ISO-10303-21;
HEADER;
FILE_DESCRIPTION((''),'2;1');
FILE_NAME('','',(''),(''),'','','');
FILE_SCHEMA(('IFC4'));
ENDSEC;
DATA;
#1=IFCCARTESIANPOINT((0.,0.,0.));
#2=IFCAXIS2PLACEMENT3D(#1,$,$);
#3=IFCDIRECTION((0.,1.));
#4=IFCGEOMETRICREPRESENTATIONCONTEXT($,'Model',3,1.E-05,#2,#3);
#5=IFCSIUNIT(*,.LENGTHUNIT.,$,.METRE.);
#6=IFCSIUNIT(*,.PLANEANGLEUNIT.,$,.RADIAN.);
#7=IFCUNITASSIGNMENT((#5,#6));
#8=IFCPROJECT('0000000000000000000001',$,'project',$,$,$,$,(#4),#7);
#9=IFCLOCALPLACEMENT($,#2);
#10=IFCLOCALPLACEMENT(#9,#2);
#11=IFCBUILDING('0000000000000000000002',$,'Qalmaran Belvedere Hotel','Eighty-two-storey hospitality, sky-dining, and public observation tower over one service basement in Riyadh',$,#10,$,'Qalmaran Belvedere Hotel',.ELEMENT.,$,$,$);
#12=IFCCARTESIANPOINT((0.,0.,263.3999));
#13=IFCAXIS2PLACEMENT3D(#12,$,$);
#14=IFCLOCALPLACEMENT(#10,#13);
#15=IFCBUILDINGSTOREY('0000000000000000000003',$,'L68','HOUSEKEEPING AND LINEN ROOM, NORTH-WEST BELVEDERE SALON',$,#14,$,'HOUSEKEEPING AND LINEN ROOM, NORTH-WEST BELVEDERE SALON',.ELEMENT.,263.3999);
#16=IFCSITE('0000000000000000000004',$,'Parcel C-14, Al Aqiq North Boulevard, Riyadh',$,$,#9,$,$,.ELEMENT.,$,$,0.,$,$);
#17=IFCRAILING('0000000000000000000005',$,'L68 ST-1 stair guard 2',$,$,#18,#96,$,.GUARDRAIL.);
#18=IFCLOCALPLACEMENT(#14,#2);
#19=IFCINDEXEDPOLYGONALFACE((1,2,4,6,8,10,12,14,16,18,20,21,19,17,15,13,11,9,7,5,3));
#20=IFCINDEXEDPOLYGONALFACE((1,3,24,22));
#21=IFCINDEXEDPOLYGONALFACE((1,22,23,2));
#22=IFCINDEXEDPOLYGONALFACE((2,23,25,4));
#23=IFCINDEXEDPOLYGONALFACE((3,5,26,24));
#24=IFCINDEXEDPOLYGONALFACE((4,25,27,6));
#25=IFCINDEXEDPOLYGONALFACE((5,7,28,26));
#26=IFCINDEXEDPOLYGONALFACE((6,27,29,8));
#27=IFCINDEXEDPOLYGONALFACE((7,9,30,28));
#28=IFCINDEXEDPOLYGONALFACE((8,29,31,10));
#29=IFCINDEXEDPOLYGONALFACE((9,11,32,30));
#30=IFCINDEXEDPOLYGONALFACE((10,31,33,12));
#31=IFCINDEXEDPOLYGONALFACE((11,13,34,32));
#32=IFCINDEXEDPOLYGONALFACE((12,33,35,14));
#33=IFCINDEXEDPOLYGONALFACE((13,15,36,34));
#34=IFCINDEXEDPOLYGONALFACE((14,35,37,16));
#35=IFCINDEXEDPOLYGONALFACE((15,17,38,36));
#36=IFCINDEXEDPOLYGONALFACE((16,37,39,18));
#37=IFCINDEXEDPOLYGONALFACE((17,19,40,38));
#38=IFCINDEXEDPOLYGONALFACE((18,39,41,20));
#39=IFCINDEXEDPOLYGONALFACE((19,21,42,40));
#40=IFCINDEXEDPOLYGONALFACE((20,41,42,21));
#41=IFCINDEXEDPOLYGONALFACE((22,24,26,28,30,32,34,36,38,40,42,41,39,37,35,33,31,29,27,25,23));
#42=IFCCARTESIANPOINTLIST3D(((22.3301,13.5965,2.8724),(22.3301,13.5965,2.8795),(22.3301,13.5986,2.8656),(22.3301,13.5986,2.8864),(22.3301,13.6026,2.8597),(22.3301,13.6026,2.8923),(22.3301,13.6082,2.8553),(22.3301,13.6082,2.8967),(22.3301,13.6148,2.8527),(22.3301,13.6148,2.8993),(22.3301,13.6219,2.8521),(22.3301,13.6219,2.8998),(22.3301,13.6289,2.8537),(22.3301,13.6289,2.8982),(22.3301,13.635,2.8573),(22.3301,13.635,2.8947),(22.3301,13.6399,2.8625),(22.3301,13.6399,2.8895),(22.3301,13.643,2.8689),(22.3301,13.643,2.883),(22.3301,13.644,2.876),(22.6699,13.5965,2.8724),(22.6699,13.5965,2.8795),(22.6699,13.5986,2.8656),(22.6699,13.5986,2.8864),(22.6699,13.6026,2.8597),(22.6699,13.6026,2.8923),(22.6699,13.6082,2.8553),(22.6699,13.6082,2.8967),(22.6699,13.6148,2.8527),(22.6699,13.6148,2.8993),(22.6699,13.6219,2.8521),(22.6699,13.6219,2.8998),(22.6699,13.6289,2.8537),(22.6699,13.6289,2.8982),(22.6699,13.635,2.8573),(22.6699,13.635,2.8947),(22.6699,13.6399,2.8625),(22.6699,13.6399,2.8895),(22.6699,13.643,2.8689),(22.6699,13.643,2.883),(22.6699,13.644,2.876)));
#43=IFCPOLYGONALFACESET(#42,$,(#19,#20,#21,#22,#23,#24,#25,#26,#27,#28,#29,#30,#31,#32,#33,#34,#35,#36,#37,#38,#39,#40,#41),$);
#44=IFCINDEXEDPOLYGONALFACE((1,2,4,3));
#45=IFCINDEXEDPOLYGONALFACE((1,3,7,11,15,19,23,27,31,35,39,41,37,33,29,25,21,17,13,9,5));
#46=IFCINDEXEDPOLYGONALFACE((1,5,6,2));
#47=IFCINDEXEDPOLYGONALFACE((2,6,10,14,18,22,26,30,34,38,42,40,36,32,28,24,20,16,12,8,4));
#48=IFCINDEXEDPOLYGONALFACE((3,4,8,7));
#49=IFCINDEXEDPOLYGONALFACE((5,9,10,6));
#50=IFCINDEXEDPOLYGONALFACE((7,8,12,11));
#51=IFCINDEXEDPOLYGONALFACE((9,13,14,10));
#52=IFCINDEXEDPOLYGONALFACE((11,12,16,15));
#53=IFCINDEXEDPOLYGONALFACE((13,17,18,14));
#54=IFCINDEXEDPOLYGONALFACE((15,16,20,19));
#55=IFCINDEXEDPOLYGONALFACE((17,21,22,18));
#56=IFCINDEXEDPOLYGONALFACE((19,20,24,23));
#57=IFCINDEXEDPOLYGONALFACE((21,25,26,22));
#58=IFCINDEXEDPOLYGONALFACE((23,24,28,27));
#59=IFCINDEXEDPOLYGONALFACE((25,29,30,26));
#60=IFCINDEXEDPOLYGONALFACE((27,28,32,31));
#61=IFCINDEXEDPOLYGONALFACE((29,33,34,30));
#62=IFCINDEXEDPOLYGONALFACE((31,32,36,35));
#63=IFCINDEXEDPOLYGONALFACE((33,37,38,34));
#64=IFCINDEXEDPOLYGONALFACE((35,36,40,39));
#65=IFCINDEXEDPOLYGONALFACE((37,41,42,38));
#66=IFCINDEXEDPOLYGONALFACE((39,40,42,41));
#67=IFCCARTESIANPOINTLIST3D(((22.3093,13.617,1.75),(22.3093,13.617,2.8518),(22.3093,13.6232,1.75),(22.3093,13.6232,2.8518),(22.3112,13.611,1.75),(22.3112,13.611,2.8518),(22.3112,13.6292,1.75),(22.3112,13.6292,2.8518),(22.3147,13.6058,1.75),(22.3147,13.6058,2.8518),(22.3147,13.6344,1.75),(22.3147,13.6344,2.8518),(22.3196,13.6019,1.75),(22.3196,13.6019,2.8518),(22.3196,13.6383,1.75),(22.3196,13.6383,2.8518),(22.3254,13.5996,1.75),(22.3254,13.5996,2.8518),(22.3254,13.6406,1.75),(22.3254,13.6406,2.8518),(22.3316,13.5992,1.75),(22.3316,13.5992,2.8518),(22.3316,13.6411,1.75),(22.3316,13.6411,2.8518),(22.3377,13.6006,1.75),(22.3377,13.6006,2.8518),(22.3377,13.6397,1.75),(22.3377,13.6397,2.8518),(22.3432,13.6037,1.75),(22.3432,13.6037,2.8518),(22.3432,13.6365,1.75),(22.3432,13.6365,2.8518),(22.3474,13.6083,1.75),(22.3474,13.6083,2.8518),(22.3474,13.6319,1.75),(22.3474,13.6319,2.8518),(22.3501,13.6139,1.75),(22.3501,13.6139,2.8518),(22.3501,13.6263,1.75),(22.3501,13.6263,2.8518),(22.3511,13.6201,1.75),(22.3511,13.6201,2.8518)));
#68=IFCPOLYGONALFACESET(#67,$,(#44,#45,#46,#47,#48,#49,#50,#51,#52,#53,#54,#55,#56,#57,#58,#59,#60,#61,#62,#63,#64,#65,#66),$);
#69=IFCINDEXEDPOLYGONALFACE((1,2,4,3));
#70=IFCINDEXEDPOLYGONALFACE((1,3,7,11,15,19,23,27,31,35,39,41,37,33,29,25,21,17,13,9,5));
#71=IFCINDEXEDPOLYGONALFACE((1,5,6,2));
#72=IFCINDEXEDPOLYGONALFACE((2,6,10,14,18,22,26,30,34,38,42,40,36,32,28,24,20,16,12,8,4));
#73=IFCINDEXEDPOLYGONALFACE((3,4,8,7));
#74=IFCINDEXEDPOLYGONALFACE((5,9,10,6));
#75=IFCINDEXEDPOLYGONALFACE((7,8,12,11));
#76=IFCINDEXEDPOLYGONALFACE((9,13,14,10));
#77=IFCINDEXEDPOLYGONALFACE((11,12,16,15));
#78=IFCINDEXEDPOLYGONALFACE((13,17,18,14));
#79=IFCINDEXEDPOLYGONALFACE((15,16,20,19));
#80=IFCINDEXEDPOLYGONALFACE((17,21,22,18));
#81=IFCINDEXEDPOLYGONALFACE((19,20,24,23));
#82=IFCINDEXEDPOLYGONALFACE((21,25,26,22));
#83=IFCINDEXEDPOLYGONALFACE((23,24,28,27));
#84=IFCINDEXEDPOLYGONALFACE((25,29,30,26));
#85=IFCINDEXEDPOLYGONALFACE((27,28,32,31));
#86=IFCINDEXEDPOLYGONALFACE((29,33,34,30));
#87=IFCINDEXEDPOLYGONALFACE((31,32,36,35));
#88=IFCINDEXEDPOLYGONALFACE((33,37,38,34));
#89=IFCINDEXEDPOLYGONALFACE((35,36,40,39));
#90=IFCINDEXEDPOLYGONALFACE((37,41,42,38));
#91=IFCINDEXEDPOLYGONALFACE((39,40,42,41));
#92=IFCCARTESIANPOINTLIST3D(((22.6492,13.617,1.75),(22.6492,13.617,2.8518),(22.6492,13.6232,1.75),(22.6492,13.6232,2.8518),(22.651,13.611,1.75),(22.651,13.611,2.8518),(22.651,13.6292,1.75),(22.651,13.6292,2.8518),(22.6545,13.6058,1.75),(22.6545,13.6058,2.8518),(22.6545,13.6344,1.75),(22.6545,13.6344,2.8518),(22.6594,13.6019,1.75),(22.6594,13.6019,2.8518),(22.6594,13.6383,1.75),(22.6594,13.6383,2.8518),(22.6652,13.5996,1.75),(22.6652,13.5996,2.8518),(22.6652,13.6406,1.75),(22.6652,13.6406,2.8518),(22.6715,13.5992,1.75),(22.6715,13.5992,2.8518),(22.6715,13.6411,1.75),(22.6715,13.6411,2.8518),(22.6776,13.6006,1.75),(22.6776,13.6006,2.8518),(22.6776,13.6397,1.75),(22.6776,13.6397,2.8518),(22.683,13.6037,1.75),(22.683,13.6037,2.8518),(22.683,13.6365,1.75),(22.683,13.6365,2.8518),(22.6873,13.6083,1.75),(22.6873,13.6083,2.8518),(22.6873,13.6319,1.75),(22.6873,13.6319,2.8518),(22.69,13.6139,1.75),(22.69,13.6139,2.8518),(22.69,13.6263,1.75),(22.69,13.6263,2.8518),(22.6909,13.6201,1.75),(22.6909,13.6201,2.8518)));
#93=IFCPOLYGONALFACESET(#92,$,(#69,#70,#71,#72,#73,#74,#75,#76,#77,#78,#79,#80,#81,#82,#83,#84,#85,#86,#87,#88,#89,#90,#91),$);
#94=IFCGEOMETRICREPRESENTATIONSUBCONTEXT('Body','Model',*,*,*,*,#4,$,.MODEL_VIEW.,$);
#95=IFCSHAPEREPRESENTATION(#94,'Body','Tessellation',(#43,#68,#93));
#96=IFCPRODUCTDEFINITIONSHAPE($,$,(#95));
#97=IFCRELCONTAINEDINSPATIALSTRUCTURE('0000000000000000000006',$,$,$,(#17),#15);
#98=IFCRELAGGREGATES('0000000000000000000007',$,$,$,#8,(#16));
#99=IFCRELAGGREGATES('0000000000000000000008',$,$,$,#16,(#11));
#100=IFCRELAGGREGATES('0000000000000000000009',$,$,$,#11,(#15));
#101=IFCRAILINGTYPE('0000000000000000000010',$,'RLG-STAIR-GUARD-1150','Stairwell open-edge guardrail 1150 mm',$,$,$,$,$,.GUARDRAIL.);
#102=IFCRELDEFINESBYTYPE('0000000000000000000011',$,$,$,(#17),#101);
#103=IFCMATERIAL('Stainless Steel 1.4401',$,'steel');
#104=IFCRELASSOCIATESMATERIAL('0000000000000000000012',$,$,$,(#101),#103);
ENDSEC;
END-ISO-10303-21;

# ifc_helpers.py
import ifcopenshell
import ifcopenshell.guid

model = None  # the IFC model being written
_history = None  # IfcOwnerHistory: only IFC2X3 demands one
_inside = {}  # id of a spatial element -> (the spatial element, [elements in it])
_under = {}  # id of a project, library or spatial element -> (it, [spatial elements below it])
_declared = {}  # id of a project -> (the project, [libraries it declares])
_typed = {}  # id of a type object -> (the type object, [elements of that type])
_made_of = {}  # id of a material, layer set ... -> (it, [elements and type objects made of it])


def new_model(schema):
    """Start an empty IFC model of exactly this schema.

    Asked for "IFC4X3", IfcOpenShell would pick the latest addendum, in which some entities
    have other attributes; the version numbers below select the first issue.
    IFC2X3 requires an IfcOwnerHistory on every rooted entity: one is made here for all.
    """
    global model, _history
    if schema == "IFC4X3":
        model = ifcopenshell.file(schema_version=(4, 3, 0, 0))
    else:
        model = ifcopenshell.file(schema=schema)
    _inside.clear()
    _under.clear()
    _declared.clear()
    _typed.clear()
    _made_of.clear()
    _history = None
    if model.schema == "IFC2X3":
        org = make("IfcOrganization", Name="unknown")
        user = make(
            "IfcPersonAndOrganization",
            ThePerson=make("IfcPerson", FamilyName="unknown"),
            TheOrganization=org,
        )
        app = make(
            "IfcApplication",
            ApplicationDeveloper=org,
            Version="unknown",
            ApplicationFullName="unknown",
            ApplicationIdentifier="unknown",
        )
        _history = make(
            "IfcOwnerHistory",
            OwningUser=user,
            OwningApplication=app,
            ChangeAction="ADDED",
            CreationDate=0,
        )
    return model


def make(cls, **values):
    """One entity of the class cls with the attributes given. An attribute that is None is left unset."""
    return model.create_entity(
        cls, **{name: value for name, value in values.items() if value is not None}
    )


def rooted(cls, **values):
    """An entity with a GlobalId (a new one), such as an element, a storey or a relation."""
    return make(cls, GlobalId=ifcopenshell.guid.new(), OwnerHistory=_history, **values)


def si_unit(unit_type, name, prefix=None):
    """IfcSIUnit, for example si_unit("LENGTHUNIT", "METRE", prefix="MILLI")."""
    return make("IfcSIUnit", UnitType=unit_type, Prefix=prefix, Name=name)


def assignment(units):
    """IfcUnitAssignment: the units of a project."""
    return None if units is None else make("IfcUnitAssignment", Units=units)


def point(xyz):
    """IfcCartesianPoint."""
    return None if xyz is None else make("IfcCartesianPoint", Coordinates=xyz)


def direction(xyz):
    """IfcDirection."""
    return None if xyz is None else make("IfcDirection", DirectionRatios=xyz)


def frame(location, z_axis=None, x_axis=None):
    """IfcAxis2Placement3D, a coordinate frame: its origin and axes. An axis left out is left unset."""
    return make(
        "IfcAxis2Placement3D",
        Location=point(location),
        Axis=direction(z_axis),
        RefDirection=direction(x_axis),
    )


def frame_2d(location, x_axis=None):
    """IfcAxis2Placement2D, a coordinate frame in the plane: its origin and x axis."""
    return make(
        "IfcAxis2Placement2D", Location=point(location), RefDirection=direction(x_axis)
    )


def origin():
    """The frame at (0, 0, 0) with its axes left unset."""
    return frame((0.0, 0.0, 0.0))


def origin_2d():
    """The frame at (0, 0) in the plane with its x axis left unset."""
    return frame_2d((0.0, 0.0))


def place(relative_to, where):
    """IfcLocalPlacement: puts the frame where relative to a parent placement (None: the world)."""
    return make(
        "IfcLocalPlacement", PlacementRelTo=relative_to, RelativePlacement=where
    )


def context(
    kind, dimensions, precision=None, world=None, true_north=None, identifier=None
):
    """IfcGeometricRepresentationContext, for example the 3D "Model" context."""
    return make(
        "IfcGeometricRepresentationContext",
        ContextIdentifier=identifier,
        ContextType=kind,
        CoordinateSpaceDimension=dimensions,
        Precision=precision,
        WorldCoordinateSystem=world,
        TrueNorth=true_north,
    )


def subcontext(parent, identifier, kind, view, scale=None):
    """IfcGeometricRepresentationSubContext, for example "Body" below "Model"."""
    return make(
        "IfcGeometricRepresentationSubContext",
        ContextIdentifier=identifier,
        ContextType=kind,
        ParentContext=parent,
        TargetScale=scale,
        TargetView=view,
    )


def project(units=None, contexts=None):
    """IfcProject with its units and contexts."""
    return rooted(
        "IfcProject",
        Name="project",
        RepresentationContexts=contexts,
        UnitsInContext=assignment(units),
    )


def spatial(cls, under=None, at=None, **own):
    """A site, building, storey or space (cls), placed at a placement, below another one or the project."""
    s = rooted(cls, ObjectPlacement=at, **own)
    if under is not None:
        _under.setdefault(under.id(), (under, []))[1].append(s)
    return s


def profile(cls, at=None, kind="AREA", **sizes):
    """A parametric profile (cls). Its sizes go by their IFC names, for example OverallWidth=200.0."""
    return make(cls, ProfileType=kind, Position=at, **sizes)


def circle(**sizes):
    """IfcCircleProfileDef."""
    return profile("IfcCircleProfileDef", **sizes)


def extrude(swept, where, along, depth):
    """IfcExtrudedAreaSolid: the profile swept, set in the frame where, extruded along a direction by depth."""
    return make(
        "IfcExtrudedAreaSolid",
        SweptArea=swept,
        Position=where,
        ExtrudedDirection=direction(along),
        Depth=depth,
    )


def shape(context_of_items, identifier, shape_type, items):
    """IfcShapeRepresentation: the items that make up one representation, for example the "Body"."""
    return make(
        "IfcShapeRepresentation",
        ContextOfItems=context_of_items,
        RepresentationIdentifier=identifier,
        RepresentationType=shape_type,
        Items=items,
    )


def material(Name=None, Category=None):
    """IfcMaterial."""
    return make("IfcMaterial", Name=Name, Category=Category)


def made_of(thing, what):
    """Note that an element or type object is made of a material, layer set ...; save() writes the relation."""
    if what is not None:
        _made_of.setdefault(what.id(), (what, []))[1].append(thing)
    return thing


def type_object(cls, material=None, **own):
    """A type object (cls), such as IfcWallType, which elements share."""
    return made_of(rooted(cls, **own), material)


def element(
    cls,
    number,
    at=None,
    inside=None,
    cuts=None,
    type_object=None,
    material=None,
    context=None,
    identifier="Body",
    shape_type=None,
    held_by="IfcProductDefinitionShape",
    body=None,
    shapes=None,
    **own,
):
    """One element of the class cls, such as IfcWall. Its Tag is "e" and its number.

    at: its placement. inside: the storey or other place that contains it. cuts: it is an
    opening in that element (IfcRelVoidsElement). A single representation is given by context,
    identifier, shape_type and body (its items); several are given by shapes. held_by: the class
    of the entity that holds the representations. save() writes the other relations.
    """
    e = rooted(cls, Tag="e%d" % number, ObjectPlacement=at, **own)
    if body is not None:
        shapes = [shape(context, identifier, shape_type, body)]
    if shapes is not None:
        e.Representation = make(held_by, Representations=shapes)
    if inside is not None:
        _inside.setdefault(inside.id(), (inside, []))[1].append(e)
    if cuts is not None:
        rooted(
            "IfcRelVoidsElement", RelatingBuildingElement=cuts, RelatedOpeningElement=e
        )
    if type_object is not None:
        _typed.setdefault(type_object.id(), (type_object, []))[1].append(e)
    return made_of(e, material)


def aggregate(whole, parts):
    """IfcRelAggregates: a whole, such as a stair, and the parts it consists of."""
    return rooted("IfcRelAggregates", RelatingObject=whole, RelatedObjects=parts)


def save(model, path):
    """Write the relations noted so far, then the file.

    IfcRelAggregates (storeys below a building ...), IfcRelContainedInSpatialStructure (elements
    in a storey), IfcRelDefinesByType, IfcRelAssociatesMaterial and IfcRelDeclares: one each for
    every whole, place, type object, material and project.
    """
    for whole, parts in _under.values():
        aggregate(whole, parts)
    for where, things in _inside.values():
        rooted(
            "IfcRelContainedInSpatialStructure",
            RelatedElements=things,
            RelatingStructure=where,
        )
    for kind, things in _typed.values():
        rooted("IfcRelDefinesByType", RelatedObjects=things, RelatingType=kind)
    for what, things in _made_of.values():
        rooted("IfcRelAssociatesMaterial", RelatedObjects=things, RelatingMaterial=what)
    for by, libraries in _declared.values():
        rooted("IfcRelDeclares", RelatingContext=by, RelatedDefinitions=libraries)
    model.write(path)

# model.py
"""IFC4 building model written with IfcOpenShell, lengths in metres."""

from ifc_helpers import new_model, si_unit, direction, frame, origin, origin_2d, place, context, subcontext, project, spatial, circle, extrude, material, type_object, element, save


model = new_model("IFC4")

# Units and contexts
model_context = context("Model", 3, precision=1e-05, world=origin(), true_north=direction((0.0, 1.0)))
body_context = subcontext(model_context, "Body", "Model", "MODEL_VIEW")
ifc_project = project(units=[si_unit("LENGTHUNIT", "METRE"), si_unit("PLANEANGLEUNIT", "RADIAN")], contexts=[model_context])

# Site, building, storey
site_placement = place(None, origin())
site = spatial("IfcSite", under=ifc_project, at=site_placement, Name="Parcel C-14, Al Aqiq North Boulevard, Riyadh", CompositionType="ELEMENT", RefElevation=0.0)
building_placement = place(site_placement, origin())
building = spatial("IfcBuilding", under=site, at=building_placement, Name="Qalmaran Belvedere Hotel", Description="Eighty-two-storey hospitality, sky-dining, and public observation tower over one service basement in Riyadh", LongName="Qalmaran Belvedere Hotel", CompositionType="ELEMENT")
storey_placement = place(building_placement, frame((0.0, 0.0, 263.3999)))
storey = spatial("IfcBuildingStorey", under=building, at=storey_placement, Name="L68", Description="HOUSEKEEPING AND LINEN ROOM, NORTH-WEST BELVEDERE SALON", LongName="HOUSEKEEPING AND LINEN ROOM, NORTH-WEST BELVEDERE SALON", CompositionType="ELEMENT", Elevation=263.3999)

# Railing
ifc_material_1 = material(Name="Stainless Steel 1.4401", Category="steel")
railing_type_1 = type_object("IfcRailingType", Name="RLG-STAIR-GUARD-1150", Description="Stairwell open-edge guardrail 1150 mm", PredefinedType="GUARDRAIL", material=ifc_material_1)
railing_1_placement = place(storey_placement, frame((22.3301, 13.6201, 1.75)))
element("IfcRailing", 1, at=railing_1_placement, inside=storey, type_object=railing_type_1, Name="L68 ST-1 stair guard 2", PredefinedType="GUARDRAIL", context=body_context, shape_type="SweptSolid", body=[
    extrude(circle(Radius=0.0239, at=origin_2d()), frame((0.0, 0.0, 1.126), z_axis=(1.0, 0.0, 0.0), x_axis=(0.0, 1.0, 0.0)), (0.0, 0.0, 1.0), 0.3398),
    extrude(circle(Radius=0.021, at=origin_2d()), origin(), (0.0, 0.0, 1.0), 1.1018),
    extrude(circle(Radius=0.021, at=origin_2d()), frame((0.3398, 0.0, 0.0)), (0.0, 0.0, 1.0), 1.1018),
])

save(model, "model.ifc")
